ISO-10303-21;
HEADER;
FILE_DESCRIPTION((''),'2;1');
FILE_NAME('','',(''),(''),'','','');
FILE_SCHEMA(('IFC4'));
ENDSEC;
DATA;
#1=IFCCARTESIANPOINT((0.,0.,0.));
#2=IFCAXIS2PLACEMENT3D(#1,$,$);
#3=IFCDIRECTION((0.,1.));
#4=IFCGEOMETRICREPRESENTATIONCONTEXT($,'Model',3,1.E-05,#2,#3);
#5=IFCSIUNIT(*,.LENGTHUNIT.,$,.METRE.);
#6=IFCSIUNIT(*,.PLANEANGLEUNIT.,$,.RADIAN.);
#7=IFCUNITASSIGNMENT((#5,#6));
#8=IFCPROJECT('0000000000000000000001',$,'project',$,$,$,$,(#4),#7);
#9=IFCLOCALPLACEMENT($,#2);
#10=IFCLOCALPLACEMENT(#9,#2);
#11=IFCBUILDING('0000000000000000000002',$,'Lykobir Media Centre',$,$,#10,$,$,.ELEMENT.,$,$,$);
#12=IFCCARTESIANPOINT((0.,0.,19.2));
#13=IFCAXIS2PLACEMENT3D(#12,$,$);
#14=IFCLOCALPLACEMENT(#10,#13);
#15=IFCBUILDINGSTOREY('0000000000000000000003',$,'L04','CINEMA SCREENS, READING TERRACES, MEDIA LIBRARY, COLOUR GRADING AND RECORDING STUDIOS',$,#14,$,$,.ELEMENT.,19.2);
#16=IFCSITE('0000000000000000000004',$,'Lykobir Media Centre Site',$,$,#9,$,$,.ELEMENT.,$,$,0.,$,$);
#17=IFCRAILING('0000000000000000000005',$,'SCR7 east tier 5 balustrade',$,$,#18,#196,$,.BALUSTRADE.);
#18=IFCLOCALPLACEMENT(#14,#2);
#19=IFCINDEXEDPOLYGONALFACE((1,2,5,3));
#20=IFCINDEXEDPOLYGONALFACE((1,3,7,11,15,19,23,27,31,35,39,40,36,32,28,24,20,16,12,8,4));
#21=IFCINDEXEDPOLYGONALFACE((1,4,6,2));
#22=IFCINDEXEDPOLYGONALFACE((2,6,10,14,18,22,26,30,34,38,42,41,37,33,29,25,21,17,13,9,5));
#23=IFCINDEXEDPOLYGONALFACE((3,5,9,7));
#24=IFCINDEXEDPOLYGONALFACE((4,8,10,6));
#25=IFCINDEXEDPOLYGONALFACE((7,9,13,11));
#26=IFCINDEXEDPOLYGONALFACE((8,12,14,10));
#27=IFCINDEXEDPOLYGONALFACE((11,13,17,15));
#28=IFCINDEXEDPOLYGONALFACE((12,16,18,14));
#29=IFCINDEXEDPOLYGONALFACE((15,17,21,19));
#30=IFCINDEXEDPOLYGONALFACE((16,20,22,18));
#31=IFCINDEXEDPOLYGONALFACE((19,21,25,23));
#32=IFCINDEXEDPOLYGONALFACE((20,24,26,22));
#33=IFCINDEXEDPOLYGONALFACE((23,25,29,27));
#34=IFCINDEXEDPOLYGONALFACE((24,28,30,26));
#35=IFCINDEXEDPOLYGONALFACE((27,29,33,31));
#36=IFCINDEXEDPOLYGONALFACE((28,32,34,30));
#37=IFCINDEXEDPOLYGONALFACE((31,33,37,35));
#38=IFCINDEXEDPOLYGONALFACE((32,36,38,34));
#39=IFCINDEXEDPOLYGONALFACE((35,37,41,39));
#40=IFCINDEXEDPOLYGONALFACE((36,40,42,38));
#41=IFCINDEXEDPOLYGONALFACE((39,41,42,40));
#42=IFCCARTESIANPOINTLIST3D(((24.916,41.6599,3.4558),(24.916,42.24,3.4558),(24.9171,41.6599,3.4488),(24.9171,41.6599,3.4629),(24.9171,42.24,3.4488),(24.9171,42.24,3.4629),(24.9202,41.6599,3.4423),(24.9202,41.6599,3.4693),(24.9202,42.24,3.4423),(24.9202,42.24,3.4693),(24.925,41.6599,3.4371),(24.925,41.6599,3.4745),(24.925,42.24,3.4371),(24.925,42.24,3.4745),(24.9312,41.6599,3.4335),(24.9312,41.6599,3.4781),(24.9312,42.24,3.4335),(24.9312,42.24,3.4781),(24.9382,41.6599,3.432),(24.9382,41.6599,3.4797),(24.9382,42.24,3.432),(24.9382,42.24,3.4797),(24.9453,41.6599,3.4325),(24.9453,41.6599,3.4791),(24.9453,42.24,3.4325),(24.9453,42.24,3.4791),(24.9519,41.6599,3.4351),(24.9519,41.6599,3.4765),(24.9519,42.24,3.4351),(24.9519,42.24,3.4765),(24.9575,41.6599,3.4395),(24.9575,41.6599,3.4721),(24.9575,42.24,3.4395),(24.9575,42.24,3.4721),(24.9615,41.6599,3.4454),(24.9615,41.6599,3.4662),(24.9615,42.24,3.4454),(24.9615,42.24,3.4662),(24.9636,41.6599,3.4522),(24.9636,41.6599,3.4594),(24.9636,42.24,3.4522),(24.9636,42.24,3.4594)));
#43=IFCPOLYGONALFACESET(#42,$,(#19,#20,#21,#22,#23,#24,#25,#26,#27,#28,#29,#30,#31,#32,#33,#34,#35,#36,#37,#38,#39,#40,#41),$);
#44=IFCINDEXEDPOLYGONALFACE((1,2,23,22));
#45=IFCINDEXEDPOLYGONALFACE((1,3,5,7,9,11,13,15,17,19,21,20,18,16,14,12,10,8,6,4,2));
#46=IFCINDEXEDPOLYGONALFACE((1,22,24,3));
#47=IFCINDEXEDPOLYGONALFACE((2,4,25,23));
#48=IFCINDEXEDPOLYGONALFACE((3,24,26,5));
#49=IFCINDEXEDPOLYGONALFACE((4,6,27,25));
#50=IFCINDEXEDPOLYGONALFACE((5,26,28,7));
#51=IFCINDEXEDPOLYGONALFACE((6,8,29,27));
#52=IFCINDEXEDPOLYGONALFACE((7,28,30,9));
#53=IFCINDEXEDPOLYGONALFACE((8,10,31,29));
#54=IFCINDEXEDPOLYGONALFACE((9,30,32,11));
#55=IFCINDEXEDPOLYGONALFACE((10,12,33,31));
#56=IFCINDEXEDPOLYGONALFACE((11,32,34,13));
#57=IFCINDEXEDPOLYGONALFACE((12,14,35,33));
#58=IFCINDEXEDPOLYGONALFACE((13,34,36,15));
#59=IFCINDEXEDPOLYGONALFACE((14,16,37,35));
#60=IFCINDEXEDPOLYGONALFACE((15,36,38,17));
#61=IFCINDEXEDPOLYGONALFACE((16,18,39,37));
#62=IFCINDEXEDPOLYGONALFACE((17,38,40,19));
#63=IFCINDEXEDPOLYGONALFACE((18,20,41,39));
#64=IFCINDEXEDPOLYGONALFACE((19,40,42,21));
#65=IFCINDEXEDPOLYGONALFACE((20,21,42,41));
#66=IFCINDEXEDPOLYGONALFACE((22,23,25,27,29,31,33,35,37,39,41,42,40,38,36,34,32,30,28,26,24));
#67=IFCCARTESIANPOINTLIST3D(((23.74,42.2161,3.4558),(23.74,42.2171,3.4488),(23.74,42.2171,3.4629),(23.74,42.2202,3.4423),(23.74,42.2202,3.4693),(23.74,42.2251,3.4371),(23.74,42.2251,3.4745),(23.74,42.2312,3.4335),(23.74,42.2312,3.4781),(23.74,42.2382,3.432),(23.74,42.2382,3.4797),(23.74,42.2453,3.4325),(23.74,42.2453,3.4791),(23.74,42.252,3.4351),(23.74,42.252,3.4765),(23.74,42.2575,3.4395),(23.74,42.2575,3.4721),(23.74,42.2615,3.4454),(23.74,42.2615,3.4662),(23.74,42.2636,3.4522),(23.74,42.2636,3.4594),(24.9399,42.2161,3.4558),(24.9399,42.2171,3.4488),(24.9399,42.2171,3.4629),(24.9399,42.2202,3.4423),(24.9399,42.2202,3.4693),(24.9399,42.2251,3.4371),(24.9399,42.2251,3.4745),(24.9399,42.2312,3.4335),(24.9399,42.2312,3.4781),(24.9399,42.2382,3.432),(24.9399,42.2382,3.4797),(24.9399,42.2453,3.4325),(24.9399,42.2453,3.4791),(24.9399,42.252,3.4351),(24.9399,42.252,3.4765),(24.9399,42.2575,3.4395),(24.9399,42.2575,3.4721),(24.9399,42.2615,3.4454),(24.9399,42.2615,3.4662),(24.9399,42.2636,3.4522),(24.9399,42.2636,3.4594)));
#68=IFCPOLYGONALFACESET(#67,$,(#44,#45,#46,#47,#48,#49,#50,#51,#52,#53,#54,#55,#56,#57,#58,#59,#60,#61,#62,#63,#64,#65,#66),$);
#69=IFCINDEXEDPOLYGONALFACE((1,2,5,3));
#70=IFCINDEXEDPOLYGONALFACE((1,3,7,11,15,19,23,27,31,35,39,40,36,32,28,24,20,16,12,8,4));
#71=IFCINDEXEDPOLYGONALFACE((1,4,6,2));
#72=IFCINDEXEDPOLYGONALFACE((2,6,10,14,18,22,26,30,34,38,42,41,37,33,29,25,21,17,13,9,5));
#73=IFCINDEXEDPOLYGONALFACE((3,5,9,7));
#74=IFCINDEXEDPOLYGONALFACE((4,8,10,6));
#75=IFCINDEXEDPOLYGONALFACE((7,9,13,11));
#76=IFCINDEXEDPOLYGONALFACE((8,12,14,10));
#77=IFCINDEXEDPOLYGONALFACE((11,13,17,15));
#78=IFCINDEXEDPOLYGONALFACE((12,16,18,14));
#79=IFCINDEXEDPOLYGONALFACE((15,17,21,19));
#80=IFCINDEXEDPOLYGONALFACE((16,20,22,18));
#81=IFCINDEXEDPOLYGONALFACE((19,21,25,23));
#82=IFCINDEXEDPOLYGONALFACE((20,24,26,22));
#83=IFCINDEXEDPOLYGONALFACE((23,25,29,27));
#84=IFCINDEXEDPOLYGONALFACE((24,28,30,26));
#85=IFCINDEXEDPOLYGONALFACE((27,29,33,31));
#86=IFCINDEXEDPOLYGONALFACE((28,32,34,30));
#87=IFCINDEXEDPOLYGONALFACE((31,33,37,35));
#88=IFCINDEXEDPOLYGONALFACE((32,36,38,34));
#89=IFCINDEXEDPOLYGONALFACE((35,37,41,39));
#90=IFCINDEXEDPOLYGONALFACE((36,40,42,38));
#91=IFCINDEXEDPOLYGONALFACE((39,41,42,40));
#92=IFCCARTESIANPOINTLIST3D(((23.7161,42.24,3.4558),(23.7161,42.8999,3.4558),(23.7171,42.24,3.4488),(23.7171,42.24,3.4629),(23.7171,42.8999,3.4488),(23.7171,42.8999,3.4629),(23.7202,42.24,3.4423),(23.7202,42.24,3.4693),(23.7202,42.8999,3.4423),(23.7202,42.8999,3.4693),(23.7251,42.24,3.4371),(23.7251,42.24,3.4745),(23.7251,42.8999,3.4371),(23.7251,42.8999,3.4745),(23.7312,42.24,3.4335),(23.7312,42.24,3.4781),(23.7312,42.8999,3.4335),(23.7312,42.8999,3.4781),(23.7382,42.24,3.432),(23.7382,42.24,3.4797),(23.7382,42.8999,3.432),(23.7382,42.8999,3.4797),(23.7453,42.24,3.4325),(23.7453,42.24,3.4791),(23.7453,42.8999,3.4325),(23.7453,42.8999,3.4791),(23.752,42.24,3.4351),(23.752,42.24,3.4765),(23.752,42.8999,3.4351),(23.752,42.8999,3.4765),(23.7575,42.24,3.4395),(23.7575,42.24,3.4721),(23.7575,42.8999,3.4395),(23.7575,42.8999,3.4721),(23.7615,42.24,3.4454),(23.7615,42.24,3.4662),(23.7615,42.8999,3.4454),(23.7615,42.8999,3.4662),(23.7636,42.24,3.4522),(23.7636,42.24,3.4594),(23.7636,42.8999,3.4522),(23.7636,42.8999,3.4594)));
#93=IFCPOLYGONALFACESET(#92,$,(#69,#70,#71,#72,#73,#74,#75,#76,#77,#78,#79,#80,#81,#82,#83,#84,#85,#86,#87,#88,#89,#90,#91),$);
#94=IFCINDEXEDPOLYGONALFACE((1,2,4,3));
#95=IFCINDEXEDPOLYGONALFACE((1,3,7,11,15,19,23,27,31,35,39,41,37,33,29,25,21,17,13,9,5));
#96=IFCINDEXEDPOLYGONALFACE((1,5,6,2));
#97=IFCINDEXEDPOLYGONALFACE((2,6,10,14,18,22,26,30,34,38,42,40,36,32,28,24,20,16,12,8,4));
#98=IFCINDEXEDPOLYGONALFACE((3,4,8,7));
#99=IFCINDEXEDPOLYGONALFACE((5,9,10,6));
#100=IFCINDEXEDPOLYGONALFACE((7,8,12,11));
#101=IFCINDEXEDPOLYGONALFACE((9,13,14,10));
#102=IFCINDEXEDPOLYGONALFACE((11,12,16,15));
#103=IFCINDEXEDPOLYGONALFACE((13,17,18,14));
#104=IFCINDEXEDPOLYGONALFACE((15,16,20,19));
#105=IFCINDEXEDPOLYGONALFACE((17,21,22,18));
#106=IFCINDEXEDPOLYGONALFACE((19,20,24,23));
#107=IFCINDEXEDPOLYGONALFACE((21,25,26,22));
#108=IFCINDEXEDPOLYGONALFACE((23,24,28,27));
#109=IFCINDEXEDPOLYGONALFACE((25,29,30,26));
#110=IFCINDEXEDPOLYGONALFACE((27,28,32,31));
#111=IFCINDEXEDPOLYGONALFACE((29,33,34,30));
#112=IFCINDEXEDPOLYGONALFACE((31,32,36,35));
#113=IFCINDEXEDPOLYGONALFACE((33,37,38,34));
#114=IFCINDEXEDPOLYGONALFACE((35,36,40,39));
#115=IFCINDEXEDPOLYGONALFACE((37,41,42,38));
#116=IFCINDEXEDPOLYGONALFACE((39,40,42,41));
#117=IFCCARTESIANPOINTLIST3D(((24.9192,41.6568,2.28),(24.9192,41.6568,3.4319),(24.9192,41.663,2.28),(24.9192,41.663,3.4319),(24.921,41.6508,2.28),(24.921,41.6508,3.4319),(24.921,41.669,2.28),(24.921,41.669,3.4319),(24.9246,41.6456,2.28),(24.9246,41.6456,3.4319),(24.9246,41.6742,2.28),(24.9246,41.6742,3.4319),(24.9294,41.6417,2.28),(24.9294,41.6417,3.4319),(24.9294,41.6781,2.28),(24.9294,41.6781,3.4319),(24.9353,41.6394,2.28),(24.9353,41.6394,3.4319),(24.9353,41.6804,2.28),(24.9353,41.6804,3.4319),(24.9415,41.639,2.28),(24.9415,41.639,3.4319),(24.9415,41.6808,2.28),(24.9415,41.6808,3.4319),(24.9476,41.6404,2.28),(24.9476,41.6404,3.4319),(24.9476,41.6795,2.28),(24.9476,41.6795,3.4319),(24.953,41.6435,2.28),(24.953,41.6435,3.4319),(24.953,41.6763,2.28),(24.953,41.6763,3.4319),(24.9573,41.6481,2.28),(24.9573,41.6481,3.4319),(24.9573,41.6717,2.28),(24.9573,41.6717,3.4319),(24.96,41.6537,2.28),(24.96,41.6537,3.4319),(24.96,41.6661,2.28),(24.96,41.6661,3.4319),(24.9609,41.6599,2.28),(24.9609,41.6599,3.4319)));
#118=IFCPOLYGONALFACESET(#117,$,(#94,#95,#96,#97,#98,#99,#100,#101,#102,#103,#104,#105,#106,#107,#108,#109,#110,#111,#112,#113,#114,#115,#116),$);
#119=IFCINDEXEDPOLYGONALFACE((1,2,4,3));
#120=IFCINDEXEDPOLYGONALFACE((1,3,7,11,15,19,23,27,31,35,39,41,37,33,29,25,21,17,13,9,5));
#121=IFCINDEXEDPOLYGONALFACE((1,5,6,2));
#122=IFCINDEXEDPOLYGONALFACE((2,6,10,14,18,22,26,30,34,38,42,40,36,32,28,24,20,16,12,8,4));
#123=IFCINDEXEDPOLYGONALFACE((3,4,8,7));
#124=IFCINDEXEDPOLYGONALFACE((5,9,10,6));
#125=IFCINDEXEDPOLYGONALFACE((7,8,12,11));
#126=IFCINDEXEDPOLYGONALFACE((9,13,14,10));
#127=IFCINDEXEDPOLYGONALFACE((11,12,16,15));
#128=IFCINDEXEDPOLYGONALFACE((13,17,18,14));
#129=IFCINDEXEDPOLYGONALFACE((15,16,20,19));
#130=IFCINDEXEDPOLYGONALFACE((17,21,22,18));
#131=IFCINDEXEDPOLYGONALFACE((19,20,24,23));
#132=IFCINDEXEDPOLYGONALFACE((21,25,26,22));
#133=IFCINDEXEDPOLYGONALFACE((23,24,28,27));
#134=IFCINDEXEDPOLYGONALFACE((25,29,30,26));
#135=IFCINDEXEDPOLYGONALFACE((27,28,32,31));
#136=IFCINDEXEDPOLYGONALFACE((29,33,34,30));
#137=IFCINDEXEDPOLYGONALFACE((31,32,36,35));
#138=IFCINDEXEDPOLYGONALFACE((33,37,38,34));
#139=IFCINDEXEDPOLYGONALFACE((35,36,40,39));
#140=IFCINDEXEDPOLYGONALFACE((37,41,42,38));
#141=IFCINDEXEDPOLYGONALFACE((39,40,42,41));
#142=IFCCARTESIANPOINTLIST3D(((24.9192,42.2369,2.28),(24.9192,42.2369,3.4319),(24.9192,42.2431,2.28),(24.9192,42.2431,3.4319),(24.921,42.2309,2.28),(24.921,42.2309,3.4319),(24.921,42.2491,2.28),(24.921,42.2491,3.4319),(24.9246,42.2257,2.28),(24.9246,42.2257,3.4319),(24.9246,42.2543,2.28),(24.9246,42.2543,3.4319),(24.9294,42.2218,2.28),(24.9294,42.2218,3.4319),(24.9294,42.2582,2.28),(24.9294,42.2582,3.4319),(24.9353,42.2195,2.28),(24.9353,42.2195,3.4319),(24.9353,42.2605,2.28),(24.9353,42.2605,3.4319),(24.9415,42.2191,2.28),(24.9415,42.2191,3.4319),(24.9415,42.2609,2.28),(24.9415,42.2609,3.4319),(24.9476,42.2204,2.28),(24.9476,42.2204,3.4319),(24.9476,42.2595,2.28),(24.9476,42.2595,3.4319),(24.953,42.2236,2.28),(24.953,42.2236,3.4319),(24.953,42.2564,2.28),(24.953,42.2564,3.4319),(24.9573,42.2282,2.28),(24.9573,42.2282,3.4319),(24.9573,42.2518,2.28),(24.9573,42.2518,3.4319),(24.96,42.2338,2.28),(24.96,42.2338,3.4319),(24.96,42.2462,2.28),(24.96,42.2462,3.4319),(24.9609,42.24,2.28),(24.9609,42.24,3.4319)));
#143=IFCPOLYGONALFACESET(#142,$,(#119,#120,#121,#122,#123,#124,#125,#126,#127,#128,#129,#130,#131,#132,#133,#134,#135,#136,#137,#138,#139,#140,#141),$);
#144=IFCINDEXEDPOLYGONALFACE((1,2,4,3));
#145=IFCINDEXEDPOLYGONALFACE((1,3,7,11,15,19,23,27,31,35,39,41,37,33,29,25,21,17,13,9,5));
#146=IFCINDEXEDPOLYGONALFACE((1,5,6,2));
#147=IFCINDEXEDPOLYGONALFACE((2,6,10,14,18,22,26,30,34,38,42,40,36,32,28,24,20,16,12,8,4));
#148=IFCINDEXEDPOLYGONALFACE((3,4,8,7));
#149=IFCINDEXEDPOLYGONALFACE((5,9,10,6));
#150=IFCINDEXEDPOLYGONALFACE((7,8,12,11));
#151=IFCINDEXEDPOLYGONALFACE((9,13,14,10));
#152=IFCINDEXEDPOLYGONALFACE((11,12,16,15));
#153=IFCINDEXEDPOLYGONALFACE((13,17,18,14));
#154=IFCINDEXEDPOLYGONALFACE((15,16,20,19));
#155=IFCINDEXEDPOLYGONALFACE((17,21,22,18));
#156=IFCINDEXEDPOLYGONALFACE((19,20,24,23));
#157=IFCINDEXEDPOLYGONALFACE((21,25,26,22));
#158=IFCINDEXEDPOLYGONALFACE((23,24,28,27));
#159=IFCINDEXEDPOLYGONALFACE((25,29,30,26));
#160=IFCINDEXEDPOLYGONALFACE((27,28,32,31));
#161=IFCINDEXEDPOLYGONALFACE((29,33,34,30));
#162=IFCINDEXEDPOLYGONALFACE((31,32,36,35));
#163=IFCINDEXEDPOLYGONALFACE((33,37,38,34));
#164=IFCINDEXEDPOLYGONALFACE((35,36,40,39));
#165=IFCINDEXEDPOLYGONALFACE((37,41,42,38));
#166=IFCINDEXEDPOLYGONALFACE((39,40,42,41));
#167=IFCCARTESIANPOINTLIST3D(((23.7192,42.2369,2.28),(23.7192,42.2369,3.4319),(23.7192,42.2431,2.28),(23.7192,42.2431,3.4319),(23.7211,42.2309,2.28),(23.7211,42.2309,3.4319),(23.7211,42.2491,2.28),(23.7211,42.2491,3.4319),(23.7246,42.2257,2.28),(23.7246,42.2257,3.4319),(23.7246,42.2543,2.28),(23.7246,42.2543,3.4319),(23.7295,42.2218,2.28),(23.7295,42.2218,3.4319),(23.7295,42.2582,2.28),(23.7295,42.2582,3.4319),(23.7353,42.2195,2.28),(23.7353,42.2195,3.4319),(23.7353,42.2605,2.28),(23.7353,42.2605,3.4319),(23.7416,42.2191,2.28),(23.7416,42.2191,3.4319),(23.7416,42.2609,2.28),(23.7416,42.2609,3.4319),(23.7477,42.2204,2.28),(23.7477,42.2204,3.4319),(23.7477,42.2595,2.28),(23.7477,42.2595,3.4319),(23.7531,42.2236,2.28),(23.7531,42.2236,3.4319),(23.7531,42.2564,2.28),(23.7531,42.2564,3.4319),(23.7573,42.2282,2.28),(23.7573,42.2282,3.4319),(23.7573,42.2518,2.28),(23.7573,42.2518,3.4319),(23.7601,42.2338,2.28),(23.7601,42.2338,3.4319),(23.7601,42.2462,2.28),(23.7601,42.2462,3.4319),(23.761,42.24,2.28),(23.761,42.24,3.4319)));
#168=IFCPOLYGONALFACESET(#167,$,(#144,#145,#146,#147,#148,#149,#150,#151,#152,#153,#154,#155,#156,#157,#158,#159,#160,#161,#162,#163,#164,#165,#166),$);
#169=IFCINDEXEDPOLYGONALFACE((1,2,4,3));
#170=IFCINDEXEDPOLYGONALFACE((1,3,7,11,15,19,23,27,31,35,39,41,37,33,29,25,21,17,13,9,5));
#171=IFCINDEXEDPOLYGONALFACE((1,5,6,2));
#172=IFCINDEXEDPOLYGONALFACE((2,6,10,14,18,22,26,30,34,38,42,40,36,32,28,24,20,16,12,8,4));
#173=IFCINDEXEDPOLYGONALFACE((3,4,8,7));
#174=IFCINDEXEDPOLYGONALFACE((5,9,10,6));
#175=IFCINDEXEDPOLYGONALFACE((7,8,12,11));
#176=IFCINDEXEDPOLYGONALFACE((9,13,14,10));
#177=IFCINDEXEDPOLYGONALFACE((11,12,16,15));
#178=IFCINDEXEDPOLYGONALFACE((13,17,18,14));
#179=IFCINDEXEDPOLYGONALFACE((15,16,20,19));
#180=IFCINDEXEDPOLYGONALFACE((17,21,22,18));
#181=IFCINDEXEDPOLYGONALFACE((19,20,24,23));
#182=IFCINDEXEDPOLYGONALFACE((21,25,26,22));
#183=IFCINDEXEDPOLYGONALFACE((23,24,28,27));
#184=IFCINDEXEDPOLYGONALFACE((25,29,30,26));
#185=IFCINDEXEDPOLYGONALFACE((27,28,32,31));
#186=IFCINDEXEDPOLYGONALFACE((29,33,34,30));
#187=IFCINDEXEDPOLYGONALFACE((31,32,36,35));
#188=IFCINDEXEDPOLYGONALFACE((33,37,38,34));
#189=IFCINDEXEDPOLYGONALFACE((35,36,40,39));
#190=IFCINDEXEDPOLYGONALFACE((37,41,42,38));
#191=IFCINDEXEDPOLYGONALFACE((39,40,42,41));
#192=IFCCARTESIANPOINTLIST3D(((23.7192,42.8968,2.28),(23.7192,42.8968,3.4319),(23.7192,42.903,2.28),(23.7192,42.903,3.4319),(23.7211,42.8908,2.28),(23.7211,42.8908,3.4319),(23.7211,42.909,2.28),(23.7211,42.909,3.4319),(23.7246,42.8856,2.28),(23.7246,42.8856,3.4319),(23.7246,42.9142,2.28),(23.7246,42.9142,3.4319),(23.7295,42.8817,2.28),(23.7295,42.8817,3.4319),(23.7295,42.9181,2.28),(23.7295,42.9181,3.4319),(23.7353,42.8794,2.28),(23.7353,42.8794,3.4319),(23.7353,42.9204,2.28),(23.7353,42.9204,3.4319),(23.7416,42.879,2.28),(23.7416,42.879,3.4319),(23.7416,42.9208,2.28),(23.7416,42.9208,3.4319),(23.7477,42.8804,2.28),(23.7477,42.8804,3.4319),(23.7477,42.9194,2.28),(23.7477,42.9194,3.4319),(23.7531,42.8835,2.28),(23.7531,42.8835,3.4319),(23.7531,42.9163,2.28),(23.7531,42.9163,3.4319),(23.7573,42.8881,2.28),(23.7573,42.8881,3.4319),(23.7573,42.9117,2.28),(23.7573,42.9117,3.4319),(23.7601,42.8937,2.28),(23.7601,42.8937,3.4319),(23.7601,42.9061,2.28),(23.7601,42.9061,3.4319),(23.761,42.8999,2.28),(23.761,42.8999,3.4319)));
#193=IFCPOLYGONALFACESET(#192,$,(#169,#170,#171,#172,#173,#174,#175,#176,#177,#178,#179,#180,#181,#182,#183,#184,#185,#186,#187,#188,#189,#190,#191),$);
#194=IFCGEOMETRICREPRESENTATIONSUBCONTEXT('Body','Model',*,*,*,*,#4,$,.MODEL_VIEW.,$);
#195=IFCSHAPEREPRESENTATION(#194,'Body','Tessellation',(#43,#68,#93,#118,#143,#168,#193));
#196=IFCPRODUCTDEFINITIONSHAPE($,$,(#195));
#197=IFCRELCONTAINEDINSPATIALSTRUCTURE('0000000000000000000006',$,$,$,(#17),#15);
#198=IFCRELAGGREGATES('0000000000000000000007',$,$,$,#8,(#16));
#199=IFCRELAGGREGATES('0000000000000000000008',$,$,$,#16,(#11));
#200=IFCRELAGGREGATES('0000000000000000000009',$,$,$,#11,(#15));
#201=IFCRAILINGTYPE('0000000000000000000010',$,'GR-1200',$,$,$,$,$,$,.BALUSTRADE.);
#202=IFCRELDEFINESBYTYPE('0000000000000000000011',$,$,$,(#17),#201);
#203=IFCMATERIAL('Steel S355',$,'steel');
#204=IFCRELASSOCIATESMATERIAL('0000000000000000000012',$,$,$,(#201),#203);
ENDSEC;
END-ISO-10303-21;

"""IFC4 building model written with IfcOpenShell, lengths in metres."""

from ifc_helpers import new_model, si_unit, direction, frame, origin, origin_2d, place, context, subcontext, project, spatial, circle, extrude, material, type_object, element, save


model = new_model("IFC4")

# Units and contexts
model_context = context("Model", 3, precision=1e-05, world=origin(), true_north=direction((0.0, 1.0)))
body_context = subcontext(model_context, "Body", "Model", "MODEL_VIEW")
ifc_project = project(units=[si_unit("LENGTHUNIT", "METRE"), si_unit("PLANEANGLEUNIT", "RADIAN")], contexts=[model_context])

# Site, building, storey
site_placement = place(None, origin())
site = spatial("IfcSite", under=ifc_project, at=site_placement, Name="Lykobir Media Centre Site", CompositionType="ELEMENT", RefElevation=0.0)
building_placement = place(site_placement, origin())
building = spatial("IfcBuilding", under=site, at=building_placement, Name="Lykobir Media Centre", CompositionType="ELEMENT")
storey_placement = place(building_placement, frame((0.0, 0.0, 19.2)))
storey = spatial("IfcBuildingStorey", under=building, at=storey_placement, Name="L04", Description="CINEMA SCREENS, READING TERRACES, MEDIA LIBRARY, COLOUR GRADING AND RECORDING STUDIOS", CompositionType="ELEMENT", Elevation=19.2)

# Shared definitions
ifc_material_1 = material(Name="Steel S355", Category="steel")

# Railing
railing_type = type_object("IfcRailingType", Name="GR-1200", PredefinedType="BALUSTRADE", material=ifc_material_1)
for number, where, name in (
    (1, (24.9399, 41.6599, 2.28), "SCR7 east tier 5 balustrade"),
):
    element("IfcRailing", number, at=place(storey_placement, frame(where)), inside=storey, type_object=railing_type, Name=name, PredefinedType="BALUSTRADE", context=body_context, shape_type="SweptSolid", body=[
        extrude(circle(Radius=0.0239, at=origin_2d()), frame((0.0, 0.0, 1.1758), z_axis=(0.0, 1.0, 0.0), x_axis=(-1.0, 0.0, 0.0)), (0.0, 0.0, 1.0), 0.5801),
        extrude(circle(Radius=0.0239, at=origin_2d()), frame((0.0, 0.5801, 1.1758), z_axis=(-1.0, 0.0, 0.0), x_axis=(0.0, -1.0, 0.0)), (0.0, 0.0, 1.0), 1.2),
        extrude(circle(Radius=0.0239, at=origin_2d()), frame((-1.2, 0.5801, 1.1758), z_axis=(0.0, 1.0, 0.0), x_axis=(-1.0, 0.0, 0.0)), (0.0, 0.0, 1.0), 0.6599),
        extrude(circle(Radius=0.021, at=origin_2d()), origin(), (0.0, 0.0, 1.0), 1.1519),
        extrude(circle(Radius=0.021, at=origin_2d()), frame((0.0, 0.5801, 0.0)), (0.0, 0.0, 1.0), 1.1519),
        extrude(circle(Radius=0.021, at=origin_2d()), frame((-1.2, 0.5801, 0.0)), (0.0, 0.0, 1.0), 1.1519),
        extrude(circle(Radius=0.021, at=origin_2d()), frame((-1.2, 1.24, 0.0)), (0.0, 0.0, 1.0), 1.1519),
    ])

save(model, "model.ifc")
